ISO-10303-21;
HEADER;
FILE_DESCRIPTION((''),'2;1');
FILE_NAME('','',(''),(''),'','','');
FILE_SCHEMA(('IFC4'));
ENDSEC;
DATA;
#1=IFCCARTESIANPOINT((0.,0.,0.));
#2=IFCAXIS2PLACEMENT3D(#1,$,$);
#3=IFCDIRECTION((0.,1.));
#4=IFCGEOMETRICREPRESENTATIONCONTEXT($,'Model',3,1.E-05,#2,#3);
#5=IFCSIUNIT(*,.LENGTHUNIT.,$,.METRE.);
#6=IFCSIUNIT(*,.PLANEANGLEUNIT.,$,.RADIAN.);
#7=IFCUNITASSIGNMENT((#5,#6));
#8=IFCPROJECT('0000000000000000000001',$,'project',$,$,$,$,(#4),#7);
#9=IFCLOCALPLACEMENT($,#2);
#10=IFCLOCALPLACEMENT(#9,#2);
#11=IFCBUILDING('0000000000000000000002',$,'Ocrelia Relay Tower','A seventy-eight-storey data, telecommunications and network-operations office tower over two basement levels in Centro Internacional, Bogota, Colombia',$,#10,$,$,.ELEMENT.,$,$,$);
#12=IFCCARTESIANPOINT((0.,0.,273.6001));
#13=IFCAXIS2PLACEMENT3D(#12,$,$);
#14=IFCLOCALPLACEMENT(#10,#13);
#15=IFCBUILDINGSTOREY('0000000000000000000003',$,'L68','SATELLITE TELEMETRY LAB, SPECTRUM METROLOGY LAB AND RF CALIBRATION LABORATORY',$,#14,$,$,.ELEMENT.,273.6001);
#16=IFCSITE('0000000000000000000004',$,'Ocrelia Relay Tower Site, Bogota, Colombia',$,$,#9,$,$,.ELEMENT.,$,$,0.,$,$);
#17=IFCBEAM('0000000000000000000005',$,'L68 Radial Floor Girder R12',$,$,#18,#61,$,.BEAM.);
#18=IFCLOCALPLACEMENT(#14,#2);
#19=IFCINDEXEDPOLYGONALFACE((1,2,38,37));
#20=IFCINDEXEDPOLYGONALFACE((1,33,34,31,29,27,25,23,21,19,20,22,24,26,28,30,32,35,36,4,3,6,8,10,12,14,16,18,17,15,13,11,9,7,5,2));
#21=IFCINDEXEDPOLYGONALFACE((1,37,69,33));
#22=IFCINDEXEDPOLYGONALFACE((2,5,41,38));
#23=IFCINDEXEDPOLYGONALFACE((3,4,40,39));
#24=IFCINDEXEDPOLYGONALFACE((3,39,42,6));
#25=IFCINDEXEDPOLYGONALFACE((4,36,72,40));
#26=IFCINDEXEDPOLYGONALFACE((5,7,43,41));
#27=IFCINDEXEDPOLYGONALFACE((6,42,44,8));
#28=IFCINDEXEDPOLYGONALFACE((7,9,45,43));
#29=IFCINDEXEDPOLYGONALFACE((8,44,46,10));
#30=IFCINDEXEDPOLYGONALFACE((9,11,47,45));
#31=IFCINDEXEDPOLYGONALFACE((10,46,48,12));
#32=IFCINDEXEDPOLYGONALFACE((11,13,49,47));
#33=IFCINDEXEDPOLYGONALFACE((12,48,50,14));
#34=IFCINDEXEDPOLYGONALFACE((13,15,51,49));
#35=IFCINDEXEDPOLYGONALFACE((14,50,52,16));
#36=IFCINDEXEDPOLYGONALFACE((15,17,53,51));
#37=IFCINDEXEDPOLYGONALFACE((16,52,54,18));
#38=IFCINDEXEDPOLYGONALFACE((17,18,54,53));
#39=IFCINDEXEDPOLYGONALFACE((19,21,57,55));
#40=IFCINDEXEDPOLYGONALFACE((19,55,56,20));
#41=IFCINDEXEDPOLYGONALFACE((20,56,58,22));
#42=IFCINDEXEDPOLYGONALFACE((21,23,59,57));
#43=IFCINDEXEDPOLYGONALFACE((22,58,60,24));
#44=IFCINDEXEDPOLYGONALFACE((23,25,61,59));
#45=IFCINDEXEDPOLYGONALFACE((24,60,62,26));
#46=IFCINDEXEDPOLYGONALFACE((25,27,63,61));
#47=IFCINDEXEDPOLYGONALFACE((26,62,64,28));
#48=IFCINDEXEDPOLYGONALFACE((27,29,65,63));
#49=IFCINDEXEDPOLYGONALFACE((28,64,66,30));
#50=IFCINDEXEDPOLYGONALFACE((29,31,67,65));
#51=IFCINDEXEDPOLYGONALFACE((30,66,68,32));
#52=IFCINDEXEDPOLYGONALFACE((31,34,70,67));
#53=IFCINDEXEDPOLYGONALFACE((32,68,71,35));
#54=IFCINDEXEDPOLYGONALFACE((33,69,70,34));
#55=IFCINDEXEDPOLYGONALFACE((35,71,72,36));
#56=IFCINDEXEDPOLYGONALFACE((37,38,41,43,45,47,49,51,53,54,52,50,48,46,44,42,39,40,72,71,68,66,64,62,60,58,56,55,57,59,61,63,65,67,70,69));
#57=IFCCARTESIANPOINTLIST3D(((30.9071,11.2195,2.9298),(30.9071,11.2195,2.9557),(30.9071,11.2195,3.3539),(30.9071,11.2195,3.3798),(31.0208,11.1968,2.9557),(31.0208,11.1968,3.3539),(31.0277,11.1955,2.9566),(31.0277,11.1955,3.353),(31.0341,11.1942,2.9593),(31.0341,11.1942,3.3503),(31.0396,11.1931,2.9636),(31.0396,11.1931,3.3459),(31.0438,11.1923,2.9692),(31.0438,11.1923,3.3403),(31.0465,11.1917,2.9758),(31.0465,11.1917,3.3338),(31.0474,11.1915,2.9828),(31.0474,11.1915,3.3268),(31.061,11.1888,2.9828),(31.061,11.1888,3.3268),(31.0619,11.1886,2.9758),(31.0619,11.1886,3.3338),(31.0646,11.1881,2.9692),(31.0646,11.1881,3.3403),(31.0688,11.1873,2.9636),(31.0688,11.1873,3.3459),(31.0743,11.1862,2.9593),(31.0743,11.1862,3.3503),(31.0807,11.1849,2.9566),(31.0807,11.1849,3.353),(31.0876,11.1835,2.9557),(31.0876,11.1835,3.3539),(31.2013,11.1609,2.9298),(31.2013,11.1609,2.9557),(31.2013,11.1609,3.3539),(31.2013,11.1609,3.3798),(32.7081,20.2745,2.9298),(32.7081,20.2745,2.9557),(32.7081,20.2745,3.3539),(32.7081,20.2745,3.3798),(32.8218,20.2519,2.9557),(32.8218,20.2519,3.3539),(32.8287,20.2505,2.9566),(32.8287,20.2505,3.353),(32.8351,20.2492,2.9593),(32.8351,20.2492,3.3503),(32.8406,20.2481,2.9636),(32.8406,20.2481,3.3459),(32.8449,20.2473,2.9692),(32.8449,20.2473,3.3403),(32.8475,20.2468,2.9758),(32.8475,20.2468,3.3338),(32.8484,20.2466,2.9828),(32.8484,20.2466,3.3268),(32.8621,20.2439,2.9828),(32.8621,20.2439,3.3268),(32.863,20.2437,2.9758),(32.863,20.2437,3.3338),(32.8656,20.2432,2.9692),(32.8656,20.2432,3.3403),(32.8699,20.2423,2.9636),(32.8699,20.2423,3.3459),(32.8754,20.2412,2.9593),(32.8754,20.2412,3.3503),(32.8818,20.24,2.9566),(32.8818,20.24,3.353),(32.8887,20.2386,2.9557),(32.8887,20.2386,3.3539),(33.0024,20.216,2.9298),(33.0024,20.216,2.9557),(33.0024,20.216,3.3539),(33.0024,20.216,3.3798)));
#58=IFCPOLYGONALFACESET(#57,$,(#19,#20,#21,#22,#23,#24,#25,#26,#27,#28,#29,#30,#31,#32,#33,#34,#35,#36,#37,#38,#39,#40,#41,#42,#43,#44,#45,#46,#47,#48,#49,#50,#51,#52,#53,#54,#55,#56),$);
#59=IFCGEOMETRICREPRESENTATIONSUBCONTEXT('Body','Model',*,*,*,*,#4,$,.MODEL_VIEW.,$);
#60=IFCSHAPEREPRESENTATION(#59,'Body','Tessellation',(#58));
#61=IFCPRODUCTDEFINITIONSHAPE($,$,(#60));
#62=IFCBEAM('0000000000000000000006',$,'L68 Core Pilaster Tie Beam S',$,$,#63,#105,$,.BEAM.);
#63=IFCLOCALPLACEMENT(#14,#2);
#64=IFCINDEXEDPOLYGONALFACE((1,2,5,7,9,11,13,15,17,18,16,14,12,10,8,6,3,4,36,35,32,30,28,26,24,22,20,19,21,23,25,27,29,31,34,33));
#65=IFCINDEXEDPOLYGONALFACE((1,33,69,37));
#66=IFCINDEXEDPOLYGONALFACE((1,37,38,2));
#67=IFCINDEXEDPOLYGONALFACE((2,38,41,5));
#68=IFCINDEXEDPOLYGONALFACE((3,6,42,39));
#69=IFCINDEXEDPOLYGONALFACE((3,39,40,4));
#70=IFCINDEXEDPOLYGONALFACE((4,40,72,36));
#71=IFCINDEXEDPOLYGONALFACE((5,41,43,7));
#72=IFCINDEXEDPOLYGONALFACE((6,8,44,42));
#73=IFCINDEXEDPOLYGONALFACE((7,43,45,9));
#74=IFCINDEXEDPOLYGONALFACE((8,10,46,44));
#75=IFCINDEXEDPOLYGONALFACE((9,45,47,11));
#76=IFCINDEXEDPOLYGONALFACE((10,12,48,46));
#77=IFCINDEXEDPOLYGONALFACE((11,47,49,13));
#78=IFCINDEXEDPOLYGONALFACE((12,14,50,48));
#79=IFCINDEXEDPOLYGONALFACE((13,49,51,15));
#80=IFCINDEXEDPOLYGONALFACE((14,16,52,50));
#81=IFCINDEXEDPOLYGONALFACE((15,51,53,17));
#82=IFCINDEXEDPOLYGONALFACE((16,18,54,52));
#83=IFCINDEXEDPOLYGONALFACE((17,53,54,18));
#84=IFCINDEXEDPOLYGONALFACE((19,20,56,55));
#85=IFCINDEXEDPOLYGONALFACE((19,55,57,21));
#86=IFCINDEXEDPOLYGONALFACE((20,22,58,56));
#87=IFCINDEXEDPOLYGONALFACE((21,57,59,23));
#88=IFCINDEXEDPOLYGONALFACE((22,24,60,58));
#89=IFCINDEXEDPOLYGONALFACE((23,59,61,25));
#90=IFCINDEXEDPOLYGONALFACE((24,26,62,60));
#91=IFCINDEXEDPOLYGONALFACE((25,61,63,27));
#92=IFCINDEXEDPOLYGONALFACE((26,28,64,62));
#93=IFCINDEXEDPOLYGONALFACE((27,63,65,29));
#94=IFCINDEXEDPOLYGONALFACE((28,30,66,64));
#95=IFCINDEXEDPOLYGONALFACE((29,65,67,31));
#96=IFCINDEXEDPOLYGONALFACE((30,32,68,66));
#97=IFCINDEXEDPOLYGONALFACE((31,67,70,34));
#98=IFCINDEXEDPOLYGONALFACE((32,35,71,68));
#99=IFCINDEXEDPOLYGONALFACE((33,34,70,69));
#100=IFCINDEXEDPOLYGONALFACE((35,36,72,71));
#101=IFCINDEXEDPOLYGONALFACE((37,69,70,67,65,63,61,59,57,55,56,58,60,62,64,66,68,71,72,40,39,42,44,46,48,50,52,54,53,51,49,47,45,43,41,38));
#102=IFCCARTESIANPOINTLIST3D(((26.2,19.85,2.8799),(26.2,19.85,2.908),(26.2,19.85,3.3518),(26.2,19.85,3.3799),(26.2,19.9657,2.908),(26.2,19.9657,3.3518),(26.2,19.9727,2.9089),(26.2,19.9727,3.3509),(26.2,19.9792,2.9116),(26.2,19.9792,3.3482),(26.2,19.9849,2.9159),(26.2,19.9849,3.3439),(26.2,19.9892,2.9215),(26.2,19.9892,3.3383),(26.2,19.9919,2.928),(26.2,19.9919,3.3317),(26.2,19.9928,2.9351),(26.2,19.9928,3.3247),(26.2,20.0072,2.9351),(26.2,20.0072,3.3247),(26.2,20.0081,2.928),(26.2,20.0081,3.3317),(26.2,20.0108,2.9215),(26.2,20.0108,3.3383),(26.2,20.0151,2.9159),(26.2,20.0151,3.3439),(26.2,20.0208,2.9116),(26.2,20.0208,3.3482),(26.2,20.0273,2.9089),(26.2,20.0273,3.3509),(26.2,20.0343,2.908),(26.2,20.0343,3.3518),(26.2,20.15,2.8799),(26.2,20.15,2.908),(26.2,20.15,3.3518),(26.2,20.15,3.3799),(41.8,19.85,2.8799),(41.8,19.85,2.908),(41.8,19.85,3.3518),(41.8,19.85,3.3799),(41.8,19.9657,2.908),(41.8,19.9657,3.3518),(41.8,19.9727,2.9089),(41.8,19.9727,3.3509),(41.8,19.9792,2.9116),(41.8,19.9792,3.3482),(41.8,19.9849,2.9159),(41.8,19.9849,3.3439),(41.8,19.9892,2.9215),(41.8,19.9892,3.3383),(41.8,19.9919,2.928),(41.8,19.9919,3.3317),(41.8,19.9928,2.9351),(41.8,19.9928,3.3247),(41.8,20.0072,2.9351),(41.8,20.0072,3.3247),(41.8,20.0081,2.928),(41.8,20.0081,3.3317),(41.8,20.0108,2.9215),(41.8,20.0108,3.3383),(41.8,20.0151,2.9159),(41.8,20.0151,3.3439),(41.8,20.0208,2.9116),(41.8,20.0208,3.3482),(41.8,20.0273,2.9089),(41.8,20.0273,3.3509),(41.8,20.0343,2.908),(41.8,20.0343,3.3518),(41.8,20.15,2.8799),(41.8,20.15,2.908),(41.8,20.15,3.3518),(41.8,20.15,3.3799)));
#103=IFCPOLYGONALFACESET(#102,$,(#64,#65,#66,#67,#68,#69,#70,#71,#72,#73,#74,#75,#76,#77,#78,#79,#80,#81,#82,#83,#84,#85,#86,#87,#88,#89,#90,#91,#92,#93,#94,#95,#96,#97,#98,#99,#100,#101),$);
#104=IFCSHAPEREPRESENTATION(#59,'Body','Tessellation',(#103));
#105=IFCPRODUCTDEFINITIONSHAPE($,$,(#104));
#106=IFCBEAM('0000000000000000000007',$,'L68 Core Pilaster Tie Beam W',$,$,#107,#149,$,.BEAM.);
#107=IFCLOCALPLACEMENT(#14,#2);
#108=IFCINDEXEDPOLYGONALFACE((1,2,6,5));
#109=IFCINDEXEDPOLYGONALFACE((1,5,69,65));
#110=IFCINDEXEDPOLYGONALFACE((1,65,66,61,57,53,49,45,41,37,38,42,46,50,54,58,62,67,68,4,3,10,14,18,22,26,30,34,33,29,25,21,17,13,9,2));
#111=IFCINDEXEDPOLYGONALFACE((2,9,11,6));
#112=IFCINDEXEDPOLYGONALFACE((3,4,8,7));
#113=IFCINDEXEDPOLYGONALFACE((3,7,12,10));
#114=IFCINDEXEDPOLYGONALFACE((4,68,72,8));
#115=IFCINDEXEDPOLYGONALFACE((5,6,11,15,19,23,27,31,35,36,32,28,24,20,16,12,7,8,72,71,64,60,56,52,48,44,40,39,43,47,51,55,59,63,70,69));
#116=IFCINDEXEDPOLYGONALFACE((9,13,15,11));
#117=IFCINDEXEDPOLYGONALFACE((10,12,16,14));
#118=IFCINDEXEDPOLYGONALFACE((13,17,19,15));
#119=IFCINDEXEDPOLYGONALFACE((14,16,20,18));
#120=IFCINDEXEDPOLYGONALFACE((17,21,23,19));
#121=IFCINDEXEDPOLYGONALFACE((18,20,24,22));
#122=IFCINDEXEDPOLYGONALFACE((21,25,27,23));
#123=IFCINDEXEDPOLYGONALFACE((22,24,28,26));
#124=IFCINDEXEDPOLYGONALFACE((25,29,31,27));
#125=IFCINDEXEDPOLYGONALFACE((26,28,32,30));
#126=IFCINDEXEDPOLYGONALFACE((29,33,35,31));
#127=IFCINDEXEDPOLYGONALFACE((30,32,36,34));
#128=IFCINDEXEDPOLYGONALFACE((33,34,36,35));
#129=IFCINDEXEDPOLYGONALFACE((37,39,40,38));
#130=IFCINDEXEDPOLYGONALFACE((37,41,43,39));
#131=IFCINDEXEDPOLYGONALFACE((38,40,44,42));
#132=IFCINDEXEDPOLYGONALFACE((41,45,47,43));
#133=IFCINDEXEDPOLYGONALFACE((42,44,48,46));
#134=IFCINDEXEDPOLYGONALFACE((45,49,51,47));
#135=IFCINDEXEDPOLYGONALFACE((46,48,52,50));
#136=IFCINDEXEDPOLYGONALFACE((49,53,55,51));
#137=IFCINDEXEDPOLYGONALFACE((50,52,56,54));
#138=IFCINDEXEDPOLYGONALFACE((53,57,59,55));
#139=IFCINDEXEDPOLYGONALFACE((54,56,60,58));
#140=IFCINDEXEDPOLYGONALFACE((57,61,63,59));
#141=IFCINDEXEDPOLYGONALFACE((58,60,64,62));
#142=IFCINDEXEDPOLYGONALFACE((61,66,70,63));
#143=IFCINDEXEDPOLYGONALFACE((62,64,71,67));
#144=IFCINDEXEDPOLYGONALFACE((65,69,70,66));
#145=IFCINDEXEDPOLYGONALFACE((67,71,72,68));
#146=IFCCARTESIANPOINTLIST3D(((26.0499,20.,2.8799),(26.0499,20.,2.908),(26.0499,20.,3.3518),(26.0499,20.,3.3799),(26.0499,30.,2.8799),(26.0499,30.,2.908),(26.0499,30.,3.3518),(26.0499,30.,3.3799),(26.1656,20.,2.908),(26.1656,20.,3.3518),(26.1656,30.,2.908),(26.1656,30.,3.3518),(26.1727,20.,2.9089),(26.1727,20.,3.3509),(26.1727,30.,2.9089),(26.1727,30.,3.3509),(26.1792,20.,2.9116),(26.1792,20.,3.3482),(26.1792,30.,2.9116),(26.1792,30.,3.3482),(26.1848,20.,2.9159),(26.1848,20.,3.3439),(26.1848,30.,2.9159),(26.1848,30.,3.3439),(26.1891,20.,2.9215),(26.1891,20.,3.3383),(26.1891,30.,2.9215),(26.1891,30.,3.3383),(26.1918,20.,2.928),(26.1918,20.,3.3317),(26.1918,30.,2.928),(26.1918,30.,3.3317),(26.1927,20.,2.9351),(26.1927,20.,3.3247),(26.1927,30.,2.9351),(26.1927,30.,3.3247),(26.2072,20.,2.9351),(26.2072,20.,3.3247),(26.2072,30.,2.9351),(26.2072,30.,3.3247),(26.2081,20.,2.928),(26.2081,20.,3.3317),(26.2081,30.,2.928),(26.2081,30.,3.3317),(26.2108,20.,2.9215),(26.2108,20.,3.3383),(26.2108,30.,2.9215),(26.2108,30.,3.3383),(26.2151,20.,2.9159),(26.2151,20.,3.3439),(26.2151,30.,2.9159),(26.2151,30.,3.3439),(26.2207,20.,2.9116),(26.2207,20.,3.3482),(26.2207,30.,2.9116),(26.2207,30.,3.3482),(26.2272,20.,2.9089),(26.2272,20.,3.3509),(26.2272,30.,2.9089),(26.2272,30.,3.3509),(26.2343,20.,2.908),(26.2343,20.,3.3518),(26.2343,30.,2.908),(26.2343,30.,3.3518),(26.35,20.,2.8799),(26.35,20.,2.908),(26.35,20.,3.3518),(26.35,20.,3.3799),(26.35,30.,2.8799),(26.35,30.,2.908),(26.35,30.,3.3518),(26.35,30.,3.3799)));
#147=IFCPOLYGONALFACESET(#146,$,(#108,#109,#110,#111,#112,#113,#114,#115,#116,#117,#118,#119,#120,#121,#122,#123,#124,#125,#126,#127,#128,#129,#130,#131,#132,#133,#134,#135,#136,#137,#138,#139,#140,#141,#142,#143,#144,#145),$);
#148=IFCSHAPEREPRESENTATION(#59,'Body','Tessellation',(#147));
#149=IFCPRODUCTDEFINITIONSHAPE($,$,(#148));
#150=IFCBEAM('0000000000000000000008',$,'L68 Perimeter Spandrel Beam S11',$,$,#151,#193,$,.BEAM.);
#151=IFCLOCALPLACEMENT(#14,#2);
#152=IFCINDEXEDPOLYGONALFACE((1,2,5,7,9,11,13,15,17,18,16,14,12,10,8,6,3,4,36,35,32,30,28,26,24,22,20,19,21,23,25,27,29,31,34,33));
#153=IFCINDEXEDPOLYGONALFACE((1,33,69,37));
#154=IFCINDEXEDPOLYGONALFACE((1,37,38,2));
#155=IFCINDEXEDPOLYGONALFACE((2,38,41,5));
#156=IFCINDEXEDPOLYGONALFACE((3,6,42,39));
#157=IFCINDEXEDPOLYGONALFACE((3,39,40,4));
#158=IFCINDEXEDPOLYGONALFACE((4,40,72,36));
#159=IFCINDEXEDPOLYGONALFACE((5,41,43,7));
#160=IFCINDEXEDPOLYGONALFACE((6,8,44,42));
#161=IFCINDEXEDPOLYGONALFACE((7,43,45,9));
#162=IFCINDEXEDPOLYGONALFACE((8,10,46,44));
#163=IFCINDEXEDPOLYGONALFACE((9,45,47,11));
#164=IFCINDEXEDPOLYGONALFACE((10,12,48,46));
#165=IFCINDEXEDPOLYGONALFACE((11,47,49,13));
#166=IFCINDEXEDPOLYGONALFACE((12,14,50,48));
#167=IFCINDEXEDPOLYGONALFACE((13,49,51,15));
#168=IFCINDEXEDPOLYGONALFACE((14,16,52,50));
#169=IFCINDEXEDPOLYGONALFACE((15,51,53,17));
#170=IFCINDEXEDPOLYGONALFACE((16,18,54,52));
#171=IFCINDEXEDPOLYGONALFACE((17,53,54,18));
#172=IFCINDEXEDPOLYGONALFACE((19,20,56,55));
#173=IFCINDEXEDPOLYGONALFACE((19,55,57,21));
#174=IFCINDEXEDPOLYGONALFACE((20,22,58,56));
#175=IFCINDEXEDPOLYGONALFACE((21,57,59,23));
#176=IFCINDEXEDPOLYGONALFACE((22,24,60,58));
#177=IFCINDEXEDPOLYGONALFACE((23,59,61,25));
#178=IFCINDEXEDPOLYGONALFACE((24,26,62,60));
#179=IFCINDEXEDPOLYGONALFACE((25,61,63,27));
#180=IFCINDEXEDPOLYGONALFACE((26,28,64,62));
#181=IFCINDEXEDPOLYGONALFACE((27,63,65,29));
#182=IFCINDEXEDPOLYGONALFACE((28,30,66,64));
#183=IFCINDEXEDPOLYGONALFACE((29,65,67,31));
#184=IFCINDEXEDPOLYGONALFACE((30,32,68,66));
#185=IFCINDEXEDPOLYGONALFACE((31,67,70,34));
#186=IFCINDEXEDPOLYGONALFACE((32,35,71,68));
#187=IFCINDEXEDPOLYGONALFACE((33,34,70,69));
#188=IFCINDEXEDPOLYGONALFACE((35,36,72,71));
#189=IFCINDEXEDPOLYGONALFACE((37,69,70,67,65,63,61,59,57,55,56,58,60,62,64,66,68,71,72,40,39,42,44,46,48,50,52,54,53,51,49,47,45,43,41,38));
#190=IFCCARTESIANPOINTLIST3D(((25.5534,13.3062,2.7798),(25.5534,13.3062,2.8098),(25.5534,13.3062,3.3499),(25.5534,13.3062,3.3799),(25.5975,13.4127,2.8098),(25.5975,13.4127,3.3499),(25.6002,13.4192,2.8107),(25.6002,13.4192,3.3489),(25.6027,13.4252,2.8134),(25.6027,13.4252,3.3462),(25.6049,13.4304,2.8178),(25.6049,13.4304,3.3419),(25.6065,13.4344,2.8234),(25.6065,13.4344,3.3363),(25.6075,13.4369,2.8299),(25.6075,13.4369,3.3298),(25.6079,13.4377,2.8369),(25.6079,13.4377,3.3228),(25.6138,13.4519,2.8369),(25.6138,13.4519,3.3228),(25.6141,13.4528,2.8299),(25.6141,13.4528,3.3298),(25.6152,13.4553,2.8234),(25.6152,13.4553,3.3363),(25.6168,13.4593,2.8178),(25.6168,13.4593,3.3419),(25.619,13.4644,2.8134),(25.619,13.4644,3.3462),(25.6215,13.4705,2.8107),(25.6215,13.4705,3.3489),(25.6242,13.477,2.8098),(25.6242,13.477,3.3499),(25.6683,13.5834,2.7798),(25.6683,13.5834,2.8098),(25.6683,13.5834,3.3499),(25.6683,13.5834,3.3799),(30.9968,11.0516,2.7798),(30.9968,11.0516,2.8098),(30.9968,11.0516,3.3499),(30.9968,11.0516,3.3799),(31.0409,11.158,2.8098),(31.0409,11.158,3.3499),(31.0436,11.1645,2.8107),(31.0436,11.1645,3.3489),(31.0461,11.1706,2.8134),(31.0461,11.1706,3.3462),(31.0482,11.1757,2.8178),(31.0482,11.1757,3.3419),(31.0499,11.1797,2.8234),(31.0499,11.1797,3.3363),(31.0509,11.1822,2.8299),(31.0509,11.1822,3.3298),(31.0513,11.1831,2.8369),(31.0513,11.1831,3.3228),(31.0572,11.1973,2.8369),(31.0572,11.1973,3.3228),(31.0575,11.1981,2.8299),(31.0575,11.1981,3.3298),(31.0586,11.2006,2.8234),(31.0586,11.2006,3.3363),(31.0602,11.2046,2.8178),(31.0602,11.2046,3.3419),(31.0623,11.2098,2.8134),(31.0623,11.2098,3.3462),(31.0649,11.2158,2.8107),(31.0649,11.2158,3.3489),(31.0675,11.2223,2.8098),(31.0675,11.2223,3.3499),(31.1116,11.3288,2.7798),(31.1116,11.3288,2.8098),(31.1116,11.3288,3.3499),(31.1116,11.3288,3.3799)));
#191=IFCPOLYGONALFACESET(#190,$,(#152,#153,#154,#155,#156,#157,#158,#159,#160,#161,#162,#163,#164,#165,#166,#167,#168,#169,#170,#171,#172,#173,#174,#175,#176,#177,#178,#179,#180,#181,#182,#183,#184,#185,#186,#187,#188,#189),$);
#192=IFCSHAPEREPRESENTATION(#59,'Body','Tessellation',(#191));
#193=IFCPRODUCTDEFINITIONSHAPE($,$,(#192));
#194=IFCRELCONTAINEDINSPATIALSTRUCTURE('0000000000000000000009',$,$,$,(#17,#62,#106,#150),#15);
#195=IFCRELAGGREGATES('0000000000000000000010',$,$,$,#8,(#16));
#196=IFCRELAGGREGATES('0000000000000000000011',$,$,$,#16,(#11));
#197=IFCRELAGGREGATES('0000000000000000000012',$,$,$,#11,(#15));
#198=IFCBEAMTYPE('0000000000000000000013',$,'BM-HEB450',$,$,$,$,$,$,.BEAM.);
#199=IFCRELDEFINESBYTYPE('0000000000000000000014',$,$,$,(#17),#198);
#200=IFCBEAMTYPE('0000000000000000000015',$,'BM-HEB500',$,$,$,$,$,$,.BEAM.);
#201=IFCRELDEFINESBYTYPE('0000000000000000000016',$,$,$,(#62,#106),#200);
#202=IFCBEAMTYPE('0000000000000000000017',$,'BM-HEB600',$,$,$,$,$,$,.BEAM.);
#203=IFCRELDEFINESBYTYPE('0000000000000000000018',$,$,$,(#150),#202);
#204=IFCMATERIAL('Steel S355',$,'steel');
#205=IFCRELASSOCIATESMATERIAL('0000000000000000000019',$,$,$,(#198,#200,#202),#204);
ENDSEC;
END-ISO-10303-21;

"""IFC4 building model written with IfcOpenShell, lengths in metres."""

from ifc_helpers import new_model, si_unit, direction, frame, origin, origin_2d, place, context, subcontext, project, spatial, i_section, extrude, material, material_profile, profile_set, type_object, element, save


model = new_model("IFC4")

# Units and contexts
model_context = context("Model", 3, precision=1e-05, world=origin(), true_north=direction((0.0, 1.0)))
body_context = subcontext(model_context, "Body", "Model", "MODEL_VIEW")
ifc_project = project(units=[si_unit("LENGTHUNIT", "METRE"), si_unit("PLANEANGLEUNIT", "RADIAN")], contexts=[model_context])

# Site, building, storey
site_placement = place(None, origin())
site = spatial("IfcSite", under=ifc_project, at=site_placement, Name="Ocrelia Relay Tower Site, Bogota, Colombia", CompositionType="ELEMENT", RefElevation=0.0)
building_placement = place(site_placement, origin())
building = spatial("IfcBuilding", under=site, at=building_placement, Name="Ocrelia Relay Tower", Description="A seventy-eight-storey data, telecommunications and network-operations office tower over two basement levels in Centro Internacional, Bogota, Colombia", CompositionType="ELEMENT")
storey_placement = place(building_placement, frame((0.0, 0.0, 273.6001)))
storey = spatial("IfcBuildingStorey", under=building, at=storey_placement, Name="L68", Description="SATELLITE TELEMETRY LAB, SPECTRUM METROLOGY LAB AND RF CALIBRATION LABORATORY", CompositionType="ELEMENT", Elevation=273.6001)

# Beams
ifc_material_1 = material(Name="Steel S355", Category="steel")
ifc_material_profile_1 = material_profile(ifc_material_1, i_section(OverallWidth=0.3, OverallDepth=0.45, WebThickness=0.0139, FlangeThickness=0.0259, FilletRadius=0.0271, at=origin_2d()), Name="HEB 450")
ifc_profile_set_1 = profile_set([ifc_material_profile_1], Name="Steel S355")
beam_type_1 = type_object("IfcBeamType", Name="BM-HEB450", PredefinedType="BEAM", material=ifc_profile_set_1)
beam_1_placement = place(storey_placement, frame((31.0542, 11.1902, 3.1548), z_axis=(0.195079, 0.980788, 0.0), x_axis=(-0.980788, 0.195079, 0.0)))
element("IfcBeam", 1, at=beam_1_placement, inside=storey, type_object=beam_type_1, Name="L68 Radial Floor Girder R12", PredefinedType="BEAM", context=body_context, shape_type="SweptSolid", body=[
    extrude(i_section(OverallWidth=0.3, OverallDepth=0.45, WebThickness=0.0139, FlangeThickness=0.0259, FilletRadius=0.0271, at=origin_2d()), origin(), (0.0, 0.0, 1.0), 9.2324),
])
ifc_material_profile_2 = material_profile(ifc_material_1, i_section(OverallWidth=0.3, OverallDepth=0.5, WebThickness=0.0144, FlangeThickness=0.0281, FilletRadius=0.0271, at=origin_2d()), Name="HEB 500")
ifc_profile_set_2 = profile_set([ifc_material_profile_2], Name="Steel S355")
beam_type_2 = type_object("IfcBeamType", Name="BM-HEB500", PredefinedType="BEAM", material=ifc_profile_set_2)
beam_2_placement = place(storey_placement, frame((26.2, 20.0, 3.1299), z_axis=(1.0, 0.0, 0.0), x_axis=(0.0, 1.0, 0.0)))
element("IfcBeam", 2, at=beam_2_placement, inside=storey, type_object=beam_type_2, Name="L68 Core Pilaster Tie Beam S", PredefinedType="BEAM", context=body_context, shape_type="SweptSolid", body=[
    extrude(i_section(OverallWidth=0.3, OverallDepth=0.5, WebThickness=0.0144, FlangeThickness=0.0281, FilletRadius=0.0271, at=origin_2d()), origin(), (0.0, 0.0, 1.0), 15.6001),
])
beam_3_placement = place(storey_placement, frame((26.2, 20.0, 3.1299), z_axis=(0.0, 1.0, 0.0), x_axis=(-1.0, 0.0, 0.0)))
element("IfcBeam", 3, at=beam_3_placement, inside=storey, type_object=beam_type_2, Name="L68 Core Pilaster Tie Beam W", PredefinedType="BEAM", context=body_context, shape_type="SweptSolid", body=[
    extrude(i_section(OverallWidth=0.3, OverallDepth=0.5, WebThickness=0.0144, FlangeThickness=0.0281, FilletRadius=0.0271, at=origin_2d()), origin(), (0.0, 0.0, 1.0), 10.0),
])
ifc_material_profile_3 = material_profile(ifc_material_1, i_section(OverallWidth=0.3, OverallDepth=0.6001, WebThickness=0.0154, FlangeThickness=0.03, FilletRadius=0.0271, at=origin_2d()), Name="HEB 600")
ifc_profile_set_3 = profile_set([ifc_material_profile_3], Name="Steel S355")
beam_type_3 = type_object("IfcBeamType", Name="BM-HEB600", PredefinedType="BEAM", material=ifc_profile_set_3)
beam_4_placement = place(storey_placement, frame((25.6108, 13.4448, 3.0798), z_axis=(0.923884, -0.382673, 0.0), x_axis=(0.382673, 0.923884, 0.0)))
element("IfcBeam", 4, at=beam_4_placement, inside=storey, type_object=beam_type_3, Name="L68 Perimeter Spandrel Beam S11", PredefinedType="BEAM", context=body_context, shape_type="SweptSolid", body=[
    extrude(i_section(OverallWidth=0.3, OverallDepth=0.6001, WebThickness=0.0154, FlangeThickness=0.03, FilletRadius=0.0271, at=origin_2d()), origin(), (0.0, 0.0, 1.0), 5.8918),
])

save(model, "model.ifc")
